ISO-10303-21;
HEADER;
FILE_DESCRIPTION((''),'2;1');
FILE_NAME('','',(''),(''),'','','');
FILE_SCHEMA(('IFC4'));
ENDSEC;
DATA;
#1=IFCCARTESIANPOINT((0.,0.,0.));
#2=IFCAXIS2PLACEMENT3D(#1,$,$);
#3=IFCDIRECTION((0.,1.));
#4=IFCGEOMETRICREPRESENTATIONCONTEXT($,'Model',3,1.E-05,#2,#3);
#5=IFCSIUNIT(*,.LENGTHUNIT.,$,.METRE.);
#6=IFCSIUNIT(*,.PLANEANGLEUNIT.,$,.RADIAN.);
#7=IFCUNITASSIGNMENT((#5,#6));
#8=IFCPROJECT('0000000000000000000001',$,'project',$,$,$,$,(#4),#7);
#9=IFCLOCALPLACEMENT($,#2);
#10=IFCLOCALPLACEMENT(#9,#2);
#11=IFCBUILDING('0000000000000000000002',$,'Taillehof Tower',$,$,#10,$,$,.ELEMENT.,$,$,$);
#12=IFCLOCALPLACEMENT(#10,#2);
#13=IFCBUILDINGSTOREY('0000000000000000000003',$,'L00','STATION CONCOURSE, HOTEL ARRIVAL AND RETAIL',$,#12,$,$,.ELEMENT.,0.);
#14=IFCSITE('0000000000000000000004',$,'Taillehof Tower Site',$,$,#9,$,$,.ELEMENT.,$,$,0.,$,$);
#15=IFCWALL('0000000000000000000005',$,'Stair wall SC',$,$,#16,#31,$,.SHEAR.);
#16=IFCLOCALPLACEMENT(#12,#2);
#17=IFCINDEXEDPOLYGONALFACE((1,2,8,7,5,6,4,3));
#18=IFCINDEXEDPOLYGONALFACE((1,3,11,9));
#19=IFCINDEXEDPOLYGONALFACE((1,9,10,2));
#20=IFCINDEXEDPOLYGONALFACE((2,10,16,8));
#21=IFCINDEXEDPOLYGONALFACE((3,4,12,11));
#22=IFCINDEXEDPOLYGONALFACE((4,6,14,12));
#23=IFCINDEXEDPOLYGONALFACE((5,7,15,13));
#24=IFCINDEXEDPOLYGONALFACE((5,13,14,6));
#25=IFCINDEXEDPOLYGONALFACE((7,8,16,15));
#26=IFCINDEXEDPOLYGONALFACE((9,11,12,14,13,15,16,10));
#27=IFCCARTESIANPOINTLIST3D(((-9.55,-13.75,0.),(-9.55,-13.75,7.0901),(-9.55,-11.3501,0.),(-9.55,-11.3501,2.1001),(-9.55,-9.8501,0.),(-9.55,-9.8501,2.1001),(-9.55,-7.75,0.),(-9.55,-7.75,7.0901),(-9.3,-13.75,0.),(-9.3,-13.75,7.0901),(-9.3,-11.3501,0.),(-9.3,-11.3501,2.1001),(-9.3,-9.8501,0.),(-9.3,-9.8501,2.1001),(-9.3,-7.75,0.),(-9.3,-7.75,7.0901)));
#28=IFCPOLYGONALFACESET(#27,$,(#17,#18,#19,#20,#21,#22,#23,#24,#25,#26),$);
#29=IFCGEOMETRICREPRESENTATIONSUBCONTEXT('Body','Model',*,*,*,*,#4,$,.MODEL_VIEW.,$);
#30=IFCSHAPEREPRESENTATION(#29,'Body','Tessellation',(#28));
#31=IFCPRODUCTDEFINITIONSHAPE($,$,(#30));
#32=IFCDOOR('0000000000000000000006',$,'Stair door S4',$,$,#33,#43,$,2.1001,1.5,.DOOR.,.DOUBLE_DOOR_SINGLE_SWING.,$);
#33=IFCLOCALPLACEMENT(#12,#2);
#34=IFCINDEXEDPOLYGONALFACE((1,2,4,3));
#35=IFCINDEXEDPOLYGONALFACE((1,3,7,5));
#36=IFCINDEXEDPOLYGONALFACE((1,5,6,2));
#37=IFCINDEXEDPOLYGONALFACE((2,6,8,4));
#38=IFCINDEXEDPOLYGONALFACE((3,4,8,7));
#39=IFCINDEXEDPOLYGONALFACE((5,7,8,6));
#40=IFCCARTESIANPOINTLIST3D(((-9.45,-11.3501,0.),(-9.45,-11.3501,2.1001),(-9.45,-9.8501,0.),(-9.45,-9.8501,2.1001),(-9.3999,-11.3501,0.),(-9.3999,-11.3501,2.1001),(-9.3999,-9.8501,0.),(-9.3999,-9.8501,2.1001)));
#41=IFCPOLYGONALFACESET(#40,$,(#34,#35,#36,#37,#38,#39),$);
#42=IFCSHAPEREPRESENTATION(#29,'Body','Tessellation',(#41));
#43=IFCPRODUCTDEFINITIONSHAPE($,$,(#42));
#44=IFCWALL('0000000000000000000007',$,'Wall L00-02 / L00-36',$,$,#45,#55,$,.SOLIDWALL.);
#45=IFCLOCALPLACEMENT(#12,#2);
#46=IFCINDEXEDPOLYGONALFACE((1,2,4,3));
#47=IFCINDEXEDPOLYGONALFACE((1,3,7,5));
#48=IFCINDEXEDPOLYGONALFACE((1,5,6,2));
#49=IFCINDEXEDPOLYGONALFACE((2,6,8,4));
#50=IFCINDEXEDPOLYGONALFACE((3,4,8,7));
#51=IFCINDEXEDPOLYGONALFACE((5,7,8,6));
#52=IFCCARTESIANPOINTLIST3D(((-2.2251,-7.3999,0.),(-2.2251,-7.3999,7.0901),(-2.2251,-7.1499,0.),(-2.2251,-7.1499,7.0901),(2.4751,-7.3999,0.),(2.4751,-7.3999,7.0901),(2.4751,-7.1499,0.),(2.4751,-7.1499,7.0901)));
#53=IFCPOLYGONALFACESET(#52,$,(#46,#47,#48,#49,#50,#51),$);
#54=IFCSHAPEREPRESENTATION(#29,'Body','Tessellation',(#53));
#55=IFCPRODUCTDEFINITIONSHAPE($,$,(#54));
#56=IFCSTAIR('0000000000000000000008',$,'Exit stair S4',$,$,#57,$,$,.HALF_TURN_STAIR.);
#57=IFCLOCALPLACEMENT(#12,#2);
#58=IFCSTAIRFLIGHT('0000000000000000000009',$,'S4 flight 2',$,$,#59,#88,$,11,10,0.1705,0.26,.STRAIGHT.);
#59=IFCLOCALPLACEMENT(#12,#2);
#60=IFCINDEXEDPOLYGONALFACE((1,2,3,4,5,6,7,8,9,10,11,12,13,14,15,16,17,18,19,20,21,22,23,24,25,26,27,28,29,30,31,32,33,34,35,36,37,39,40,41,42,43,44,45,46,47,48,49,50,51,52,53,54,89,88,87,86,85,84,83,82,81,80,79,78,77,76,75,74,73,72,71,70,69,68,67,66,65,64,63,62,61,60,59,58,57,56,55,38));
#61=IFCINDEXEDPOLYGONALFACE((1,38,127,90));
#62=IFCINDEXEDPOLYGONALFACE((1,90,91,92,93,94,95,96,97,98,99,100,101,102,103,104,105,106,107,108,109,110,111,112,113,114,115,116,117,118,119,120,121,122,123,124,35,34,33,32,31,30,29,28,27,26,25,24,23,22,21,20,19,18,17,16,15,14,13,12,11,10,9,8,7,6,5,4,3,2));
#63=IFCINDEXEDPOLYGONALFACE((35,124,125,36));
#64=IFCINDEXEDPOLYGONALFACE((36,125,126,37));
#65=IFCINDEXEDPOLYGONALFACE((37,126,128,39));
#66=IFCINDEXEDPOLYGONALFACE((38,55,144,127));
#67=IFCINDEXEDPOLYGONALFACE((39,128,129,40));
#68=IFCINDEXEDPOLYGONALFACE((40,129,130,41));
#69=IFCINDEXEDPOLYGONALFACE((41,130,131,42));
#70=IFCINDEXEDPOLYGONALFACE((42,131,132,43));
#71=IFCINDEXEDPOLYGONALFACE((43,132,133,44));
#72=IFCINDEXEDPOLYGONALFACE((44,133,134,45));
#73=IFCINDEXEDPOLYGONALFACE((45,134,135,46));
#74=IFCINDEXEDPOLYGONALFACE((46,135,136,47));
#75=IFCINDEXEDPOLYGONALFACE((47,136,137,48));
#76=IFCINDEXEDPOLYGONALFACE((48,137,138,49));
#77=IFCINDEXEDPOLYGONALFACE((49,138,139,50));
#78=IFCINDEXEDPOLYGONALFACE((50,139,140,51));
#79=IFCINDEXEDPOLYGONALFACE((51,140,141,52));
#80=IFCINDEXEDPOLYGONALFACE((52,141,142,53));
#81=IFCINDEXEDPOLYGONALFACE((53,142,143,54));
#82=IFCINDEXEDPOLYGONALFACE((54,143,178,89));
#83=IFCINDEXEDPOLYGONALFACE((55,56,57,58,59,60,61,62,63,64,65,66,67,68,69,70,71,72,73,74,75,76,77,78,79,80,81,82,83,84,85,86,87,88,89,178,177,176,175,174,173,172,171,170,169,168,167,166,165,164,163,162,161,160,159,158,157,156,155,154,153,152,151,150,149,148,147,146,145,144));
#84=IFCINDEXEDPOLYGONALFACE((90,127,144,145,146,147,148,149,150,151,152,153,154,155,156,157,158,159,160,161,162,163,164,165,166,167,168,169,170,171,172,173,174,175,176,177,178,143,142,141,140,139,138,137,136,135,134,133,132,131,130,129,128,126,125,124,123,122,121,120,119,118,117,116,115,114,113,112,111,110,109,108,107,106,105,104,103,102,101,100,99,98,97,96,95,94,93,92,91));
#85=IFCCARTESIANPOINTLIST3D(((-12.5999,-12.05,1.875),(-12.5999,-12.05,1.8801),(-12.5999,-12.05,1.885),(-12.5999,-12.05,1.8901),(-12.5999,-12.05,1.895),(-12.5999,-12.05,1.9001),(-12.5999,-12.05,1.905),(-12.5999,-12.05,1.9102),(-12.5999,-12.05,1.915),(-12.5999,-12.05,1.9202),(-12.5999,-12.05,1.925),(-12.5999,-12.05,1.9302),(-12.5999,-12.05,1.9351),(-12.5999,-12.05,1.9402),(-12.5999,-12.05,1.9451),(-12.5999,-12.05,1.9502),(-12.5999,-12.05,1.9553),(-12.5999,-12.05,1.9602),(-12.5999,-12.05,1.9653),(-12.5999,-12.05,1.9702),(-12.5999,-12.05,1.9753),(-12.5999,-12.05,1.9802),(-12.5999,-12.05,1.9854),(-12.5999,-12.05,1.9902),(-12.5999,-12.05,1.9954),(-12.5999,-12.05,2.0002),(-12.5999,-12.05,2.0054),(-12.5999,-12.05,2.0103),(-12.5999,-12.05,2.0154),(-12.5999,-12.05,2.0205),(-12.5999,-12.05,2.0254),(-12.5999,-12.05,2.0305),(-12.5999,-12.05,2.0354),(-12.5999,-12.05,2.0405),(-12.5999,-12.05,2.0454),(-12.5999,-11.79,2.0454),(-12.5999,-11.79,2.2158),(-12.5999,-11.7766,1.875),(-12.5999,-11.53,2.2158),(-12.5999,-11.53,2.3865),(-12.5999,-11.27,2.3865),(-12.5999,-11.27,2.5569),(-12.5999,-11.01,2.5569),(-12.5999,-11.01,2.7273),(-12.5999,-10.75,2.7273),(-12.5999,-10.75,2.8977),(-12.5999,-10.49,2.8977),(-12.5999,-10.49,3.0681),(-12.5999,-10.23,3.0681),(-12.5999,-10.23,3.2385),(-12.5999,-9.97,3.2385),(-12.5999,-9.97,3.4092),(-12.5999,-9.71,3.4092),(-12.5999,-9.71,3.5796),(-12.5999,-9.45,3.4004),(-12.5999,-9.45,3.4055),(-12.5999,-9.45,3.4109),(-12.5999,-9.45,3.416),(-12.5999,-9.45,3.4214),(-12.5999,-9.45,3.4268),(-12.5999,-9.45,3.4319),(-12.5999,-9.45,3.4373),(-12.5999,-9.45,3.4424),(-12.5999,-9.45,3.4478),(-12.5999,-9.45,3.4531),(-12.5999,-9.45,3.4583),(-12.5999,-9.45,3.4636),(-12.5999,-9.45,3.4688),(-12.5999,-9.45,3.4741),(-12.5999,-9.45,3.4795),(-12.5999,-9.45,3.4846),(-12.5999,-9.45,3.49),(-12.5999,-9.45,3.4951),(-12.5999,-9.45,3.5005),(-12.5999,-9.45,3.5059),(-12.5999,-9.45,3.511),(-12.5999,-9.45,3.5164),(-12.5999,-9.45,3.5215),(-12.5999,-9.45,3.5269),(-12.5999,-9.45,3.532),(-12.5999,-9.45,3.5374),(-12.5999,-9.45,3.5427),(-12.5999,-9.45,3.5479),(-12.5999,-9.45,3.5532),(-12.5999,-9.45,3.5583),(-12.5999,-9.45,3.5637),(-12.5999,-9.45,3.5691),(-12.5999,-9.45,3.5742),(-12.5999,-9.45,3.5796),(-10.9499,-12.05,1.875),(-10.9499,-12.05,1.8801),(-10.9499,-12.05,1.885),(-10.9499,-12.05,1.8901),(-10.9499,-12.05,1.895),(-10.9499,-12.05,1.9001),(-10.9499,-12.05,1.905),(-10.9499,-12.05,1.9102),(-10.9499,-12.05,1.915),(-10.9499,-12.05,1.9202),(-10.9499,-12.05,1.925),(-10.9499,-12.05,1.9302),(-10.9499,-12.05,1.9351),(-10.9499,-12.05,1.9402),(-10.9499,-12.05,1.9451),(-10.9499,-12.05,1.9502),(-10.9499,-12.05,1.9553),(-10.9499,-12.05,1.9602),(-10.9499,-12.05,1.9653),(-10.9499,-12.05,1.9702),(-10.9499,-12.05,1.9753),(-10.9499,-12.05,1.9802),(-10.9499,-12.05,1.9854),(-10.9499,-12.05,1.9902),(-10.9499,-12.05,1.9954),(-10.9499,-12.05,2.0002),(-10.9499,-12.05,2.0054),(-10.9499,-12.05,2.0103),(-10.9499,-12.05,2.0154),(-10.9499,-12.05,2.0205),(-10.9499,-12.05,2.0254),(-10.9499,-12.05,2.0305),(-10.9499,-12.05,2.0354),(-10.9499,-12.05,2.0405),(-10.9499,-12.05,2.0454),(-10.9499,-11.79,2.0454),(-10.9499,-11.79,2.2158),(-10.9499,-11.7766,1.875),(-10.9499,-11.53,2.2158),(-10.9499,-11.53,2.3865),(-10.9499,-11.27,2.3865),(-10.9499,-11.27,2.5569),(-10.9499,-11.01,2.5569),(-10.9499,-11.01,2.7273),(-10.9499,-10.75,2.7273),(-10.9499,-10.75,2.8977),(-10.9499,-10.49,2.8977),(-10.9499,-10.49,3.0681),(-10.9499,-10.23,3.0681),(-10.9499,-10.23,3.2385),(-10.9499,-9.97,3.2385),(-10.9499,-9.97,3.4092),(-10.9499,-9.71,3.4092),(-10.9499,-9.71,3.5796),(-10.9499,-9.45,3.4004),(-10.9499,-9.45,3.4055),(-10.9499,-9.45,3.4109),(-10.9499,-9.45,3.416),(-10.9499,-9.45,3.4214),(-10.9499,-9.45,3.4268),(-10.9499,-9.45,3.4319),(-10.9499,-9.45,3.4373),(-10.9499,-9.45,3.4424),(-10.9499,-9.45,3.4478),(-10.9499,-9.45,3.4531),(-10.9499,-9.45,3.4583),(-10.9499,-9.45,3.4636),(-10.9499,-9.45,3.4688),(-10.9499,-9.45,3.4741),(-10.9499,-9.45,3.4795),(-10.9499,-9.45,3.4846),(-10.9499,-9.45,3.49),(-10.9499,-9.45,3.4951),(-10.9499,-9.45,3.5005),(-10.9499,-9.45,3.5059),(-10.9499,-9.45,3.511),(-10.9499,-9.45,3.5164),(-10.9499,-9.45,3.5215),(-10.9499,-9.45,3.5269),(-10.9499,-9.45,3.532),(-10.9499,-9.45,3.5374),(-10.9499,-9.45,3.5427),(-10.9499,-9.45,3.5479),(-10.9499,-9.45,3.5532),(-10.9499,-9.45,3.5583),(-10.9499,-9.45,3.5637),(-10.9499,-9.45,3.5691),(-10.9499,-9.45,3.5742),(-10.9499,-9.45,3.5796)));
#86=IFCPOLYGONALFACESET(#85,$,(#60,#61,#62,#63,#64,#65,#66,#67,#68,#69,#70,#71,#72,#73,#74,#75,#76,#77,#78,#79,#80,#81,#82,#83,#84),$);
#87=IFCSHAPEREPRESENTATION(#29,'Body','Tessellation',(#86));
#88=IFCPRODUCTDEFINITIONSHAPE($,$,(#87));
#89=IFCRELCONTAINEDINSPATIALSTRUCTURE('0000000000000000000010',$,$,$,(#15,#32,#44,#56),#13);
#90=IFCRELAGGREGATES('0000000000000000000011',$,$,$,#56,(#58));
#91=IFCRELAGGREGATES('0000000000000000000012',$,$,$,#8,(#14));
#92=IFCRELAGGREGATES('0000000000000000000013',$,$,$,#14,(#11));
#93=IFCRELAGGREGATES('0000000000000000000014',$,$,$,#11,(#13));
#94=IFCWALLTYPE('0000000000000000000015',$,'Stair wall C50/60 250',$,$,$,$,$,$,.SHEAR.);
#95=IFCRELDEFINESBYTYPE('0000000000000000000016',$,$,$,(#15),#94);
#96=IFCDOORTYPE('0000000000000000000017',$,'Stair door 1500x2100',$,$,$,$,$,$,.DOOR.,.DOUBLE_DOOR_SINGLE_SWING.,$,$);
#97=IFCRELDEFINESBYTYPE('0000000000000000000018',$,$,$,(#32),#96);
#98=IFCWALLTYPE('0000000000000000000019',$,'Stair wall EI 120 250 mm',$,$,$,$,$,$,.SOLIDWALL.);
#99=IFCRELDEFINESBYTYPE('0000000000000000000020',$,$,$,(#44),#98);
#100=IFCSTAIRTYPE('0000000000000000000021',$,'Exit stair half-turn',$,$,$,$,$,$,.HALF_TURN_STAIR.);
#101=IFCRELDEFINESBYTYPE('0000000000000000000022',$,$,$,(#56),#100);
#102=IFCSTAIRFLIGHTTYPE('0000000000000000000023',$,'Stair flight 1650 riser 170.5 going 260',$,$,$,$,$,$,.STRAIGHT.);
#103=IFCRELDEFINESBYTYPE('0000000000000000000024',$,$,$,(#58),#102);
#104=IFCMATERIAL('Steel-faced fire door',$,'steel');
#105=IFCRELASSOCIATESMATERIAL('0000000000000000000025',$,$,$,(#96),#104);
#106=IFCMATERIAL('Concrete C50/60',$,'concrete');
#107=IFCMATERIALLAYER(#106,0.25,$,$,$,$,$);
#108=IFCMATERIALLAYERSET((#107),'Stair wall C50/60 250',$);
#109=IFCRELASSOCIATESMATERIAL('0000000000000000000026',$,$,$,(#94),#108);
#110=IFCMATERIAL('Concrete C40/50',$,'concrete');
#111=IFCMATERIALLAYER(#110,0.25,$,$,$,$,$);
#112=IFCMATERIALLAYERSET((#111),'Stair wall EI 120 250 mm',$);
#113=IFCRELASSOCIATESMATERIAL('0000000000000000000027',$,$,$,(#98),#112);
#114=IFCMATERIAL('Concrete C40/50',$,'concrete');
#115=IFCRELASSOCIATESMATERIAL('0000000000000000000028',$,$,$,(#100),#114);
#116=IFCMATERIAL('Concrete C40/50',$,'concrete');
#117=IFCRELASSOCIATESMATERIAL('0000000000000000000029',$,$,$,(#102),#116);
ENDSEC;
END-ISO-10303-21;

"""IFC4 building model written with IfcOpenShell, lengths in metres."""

from ifc_helpers import new_model, si_unit, direction, frame, frame_2d, origin, place, context, subcontext, project, spatial, polyline, rectangle, outline, extrude, material, layer, layer_set, type_object, element, fill, aggregate, save


model = new_model("IFC4")

# Units and contexts
model_context = context("Model", 3, precision=1e-05, world=origin(), true_north=direction((0.0, 1.0)))
body_context = subcontext(model_context, "Body", "Model", "MODEL_VIEW")
ifc_project = project(units=[si_unit("LENGTHUNIT", "METRE"), si_unit("PLANEANGLEUNIT", "RADIAN")], contexts=[model_context])

# Site, building, storey
site_placement = place(None, origin())
site = spatial("IfcSite", under=ifc_project, at=site_placement, Name="Taillehof Tower Site", CompositionType="ELEMENT", RefElevation=0.0)
building_placement = place(site_placement, origin())
building = spatial("IfcBuilding", under=site, at=building_placement, Name="Taillehof Tower", CompositionType="ELEMENT")
storey_placement = place(building_placement, origin())
storey = spatial("IfcBuildingStorey", under=building, at=storey_placement, Name="L00", Description="STATION CONCOURSE, HOTEL ARRIVAL AND RETAIL", CompositionType="ELEMENT", Elevation=0.0)

# Wall, opening, door
ifc_material_1 = material(Name="Steel-faced fire door", Category="steel")
door_type = type_object("IfcDoorType", Name="Stair door 1500x2100", OperationType="DOUBLE_DOOR_SINGLE_SWING", PredefinedType="DOOR", material=ifc_material_1)
ifc_material_2 = material(Name="Concrete C50/60", Category="concrete")
ifc_layer_1 = layer(ifc_material_2, 0.25)
ifc_layer_set_1 = layer_set([ifc_layer_1], Name="Stair wall C50/60 250")
wall_type_1 = type_object("IfcWallType", Name="Stair wall C50/60 250", PredefinedType="SHEAR", material=ifc_layer_set_1)
wall_1_placement = place(storey_placement, frame((-9.425, -13.75, 0.0), z_axis=(0.0, 0.0, 1.0), x_axis=(0.0, 1.0, 0.0)))
wall_1 = element("IfcWall", 1, at=wall_1_placement, inside=storey, type_object=wall_type_1, Name="Stair wall SC", PredefinedType="SHEAR", context=body_context, shape_type="SweptSolid", body=[
    extrude(rectangle(XDim=6.0, YDim=0.25, at=frame_2d((3.0, 0.0))), origin(), (0.0, 0.0, 1.0), 7.0901),
])
opening_1_placement = place(wall_1_placement, frame((2.3999, 0.0, 0.0)))
opening_1 = element("IfcOpeningElement", 2, at=opening_1_placement, cuts=wall_1, PredefinedType="OPENING", context=body_context, shape_type="SweptSolid", body=[
    extrude(rectangle(XDim=1.5, YDim=2.1001, at=frame_2d((0.75, 1.05))), frame((0.0, 0.135, 0.0), z_axis=(0.0, -1.0, 0.0), x_axis=(1.0, 0.0, 0.0)), (0.0, 0.0, 1.0), 0.27),
])
door_1_placement = place(opening_1_placement, origin())
door_1 = element("IfcDoor", 3, at=door_1_placement, inside=storey, type_object=door_type, Name="Stair door S4", OperationType="DOUBLE_DOOR_SINGLE_SWING", OverallHeight=2.1001, OverallWidth=1.5, PredefinedType="DOOR", context=body_context, shape_type="SweptSolid", body=[
    extrude(rectangle(XDim=1.5, YDim=2.1001, at=frame_2d((0.75, 1.05))), frame((0.0, 0.0249, 0.0), z_axis=(0.0, -1.0, 0.0), x_axis=(1.0, 0.0, 0.0)), (0.0, 0.0, 1.0), 0.05),
])
fill(opening_1, door_1)

# Wall
ifc_material_3 = material(Name="Concrete C40/50", Category="concrete")
ifc_layer_2 = layer(ifc_material_3, 0.25)
ifc_layer_set_2 = layer_set([ifc_layer_2], Name="Stair wall EI 120 250 mm")
wall_type_2 = type_object("IfcWallType", Name="Stair wall EI 120 250 mm", PredefinedType="SOLIDWALL", material=ifc_layer_set_2)
wall_2_placement = place(storey_placement, frame((-2.2251, -7.2749, 0.0), z_axis=(0.0, 0.0, 1.0), x_axis=(1.0, 0.0, 0.0)))
element("IfcWall", 4, at=wall_2_placement, inside=storey, type_object=wall_type_2, Name="Wall L00-02 / L00-36", PredefinedType="SOLIDWALL", context=body_context, shape_type="SweptSolid", body=[
    extrude(rectangle(XDim=4.7002, YDim=0.25, at=frame_2d((2.3501, 0.0))), origin(), (0.0, 0.0, 1.0), 7.0901),
])

# Stair, stair flight
ifc_material_4 = material(Name="Concrete C40/50", Category="concrete")
stair_type_1 = type_object("IfcStairType", Name="Exit stair half-turn", PredefinedType="HALF_TURN_STAIR", material=ifc_material_4)
stair_1_placement = place(storey_placement, origin())
stair_1 = element("IfcStair", 5, at=stair_1_placement, inside=storey, type_object=stair_type_1, Name="Exit stair S4", PredefinedType="HALF_TURN_STAIR")
ifc_material_5 = material(Name="Concrete C40/50", Category="concrete")
stair_flight_type_1 = type_object("IfcStairFlightType", Name="Stair flight 1650 riser 170.5 going 260", PredefinedType="STRAIGHT", material=ifc_material_5)
stair_flight_1_placement = place(storey_placement, frame((-11.7749, -12.05, 1.875), z_axis=(0.0, 0.0, 1.0), x_axis=(0.0, 1.0, 0.0)))
stair_flight_1 = element("IfcStairFlight", 6, at=stair_flight_1_placement, type_object=stair_flight_type_1, Name="S4 flight 2", NumberOfRisers=11, NumberOfTreads=10, PredefinedType="STRAIGHT", RiserHeight=0.1705, TreadLength=0.26, context=body_context, shape_type="SweptSolid", body=[
    extrude(outline(polyline([(0.0, 0.0), (0.0, 0.0051), (0.0, 0.01), (0.0, 0.0151), (0.0, 0.02), (0.0, 0.0251), (0.0, 0.03), (0.0, 0.0352), (0.0, 0.04), (0.0, 0.0452), (0.0, 0.05), (0.0, 0.0552), (0.0, 0.0601), (0.0, 0.0652), (0.0, 0.0701), (0.0, 0.0752), (0.0, 0.0803), (0.0, 0.0852), (0.0, 0.0903), (0.0, 0.0952), (0.0, 0.1003), (0.0, 0.1052), (0.0, 0.1104), (0.0, 0.1152), (0.0, 0.1204), (0.0, 0.1252), (0.0, 0.1304), (0.0, 0.1353), (0.0, 0.1404), (0.0, 0.1455), (0.0, 0.1504), (0.0, 0.1555), (0.0, 0.1604), (0.0, 0.1655), (0.0, 0.1704), (0.26, 0.1704), (0.26, 0.3408), (0.52, 0.3408), (0.52, 0.5115), (0.78, 0.5115), (0.78, 0.6819), (1.04, 0.6819), (1.04, 0.8523), (1.3, 0.8523), (1.3, 1.0227), (1.5601, 1.0227), (1.5601, 1.1931), (1.8201, 1.1931), (1.8201, 1.3635), (2.0801, 1.3635), (2.0801, 1.5342), (2.3401, 1.5342), (2.3401, 1.7046), (2.6001, 1.7046), (2.6001, 1.6992), (2.6001, 1.6941), (2.6001, 1.6887), (2.6001, 1.6833), (2.6001, 1.6782), (2.6001, 1.6729), (2.6001, 1.6677), (2.6001, 1.6624), (2.6001, 1.657), (2.6001, 1.6519), (2.6001, 1.6465), (2.6001, 1.6414), (2.6001, 1.636), (2.6001, 1.6309), (2.6001, 1.6255), (2.6001, 1.6201), (2.6001, 1.615), (2.6001, 1.6096), (2.6001, 1.6045), (2.6001, 1.5991), (2.6001, 1.5938), (2.6001, 1.5886), (2.6001, 1.5833), (2.6001, 1.5781), (2.6001, 1.5728), (2.6001, 1.5674), (2.6001, 1.5623), (2.6001, 1.5569), (2.6001, 1.5518), (2.6001, 1.5464), (2.6001, 1.541), (2.6001, 1.5359), (2.6001, 1.5305), (2.6001, 1.5254), (0.2734, 0.0), (0.0, 0.0)])), frame((0.0, 0.825, 0.0), z_axis=(0.0, -1.0, 0.0), x_axis=(1.0, 0.0, 0.0)), (0.0, 0.0, 1.0), 1.65),
])
aggregate(stair_1, [stair_flight_1])

save(model, "model.ifc")
